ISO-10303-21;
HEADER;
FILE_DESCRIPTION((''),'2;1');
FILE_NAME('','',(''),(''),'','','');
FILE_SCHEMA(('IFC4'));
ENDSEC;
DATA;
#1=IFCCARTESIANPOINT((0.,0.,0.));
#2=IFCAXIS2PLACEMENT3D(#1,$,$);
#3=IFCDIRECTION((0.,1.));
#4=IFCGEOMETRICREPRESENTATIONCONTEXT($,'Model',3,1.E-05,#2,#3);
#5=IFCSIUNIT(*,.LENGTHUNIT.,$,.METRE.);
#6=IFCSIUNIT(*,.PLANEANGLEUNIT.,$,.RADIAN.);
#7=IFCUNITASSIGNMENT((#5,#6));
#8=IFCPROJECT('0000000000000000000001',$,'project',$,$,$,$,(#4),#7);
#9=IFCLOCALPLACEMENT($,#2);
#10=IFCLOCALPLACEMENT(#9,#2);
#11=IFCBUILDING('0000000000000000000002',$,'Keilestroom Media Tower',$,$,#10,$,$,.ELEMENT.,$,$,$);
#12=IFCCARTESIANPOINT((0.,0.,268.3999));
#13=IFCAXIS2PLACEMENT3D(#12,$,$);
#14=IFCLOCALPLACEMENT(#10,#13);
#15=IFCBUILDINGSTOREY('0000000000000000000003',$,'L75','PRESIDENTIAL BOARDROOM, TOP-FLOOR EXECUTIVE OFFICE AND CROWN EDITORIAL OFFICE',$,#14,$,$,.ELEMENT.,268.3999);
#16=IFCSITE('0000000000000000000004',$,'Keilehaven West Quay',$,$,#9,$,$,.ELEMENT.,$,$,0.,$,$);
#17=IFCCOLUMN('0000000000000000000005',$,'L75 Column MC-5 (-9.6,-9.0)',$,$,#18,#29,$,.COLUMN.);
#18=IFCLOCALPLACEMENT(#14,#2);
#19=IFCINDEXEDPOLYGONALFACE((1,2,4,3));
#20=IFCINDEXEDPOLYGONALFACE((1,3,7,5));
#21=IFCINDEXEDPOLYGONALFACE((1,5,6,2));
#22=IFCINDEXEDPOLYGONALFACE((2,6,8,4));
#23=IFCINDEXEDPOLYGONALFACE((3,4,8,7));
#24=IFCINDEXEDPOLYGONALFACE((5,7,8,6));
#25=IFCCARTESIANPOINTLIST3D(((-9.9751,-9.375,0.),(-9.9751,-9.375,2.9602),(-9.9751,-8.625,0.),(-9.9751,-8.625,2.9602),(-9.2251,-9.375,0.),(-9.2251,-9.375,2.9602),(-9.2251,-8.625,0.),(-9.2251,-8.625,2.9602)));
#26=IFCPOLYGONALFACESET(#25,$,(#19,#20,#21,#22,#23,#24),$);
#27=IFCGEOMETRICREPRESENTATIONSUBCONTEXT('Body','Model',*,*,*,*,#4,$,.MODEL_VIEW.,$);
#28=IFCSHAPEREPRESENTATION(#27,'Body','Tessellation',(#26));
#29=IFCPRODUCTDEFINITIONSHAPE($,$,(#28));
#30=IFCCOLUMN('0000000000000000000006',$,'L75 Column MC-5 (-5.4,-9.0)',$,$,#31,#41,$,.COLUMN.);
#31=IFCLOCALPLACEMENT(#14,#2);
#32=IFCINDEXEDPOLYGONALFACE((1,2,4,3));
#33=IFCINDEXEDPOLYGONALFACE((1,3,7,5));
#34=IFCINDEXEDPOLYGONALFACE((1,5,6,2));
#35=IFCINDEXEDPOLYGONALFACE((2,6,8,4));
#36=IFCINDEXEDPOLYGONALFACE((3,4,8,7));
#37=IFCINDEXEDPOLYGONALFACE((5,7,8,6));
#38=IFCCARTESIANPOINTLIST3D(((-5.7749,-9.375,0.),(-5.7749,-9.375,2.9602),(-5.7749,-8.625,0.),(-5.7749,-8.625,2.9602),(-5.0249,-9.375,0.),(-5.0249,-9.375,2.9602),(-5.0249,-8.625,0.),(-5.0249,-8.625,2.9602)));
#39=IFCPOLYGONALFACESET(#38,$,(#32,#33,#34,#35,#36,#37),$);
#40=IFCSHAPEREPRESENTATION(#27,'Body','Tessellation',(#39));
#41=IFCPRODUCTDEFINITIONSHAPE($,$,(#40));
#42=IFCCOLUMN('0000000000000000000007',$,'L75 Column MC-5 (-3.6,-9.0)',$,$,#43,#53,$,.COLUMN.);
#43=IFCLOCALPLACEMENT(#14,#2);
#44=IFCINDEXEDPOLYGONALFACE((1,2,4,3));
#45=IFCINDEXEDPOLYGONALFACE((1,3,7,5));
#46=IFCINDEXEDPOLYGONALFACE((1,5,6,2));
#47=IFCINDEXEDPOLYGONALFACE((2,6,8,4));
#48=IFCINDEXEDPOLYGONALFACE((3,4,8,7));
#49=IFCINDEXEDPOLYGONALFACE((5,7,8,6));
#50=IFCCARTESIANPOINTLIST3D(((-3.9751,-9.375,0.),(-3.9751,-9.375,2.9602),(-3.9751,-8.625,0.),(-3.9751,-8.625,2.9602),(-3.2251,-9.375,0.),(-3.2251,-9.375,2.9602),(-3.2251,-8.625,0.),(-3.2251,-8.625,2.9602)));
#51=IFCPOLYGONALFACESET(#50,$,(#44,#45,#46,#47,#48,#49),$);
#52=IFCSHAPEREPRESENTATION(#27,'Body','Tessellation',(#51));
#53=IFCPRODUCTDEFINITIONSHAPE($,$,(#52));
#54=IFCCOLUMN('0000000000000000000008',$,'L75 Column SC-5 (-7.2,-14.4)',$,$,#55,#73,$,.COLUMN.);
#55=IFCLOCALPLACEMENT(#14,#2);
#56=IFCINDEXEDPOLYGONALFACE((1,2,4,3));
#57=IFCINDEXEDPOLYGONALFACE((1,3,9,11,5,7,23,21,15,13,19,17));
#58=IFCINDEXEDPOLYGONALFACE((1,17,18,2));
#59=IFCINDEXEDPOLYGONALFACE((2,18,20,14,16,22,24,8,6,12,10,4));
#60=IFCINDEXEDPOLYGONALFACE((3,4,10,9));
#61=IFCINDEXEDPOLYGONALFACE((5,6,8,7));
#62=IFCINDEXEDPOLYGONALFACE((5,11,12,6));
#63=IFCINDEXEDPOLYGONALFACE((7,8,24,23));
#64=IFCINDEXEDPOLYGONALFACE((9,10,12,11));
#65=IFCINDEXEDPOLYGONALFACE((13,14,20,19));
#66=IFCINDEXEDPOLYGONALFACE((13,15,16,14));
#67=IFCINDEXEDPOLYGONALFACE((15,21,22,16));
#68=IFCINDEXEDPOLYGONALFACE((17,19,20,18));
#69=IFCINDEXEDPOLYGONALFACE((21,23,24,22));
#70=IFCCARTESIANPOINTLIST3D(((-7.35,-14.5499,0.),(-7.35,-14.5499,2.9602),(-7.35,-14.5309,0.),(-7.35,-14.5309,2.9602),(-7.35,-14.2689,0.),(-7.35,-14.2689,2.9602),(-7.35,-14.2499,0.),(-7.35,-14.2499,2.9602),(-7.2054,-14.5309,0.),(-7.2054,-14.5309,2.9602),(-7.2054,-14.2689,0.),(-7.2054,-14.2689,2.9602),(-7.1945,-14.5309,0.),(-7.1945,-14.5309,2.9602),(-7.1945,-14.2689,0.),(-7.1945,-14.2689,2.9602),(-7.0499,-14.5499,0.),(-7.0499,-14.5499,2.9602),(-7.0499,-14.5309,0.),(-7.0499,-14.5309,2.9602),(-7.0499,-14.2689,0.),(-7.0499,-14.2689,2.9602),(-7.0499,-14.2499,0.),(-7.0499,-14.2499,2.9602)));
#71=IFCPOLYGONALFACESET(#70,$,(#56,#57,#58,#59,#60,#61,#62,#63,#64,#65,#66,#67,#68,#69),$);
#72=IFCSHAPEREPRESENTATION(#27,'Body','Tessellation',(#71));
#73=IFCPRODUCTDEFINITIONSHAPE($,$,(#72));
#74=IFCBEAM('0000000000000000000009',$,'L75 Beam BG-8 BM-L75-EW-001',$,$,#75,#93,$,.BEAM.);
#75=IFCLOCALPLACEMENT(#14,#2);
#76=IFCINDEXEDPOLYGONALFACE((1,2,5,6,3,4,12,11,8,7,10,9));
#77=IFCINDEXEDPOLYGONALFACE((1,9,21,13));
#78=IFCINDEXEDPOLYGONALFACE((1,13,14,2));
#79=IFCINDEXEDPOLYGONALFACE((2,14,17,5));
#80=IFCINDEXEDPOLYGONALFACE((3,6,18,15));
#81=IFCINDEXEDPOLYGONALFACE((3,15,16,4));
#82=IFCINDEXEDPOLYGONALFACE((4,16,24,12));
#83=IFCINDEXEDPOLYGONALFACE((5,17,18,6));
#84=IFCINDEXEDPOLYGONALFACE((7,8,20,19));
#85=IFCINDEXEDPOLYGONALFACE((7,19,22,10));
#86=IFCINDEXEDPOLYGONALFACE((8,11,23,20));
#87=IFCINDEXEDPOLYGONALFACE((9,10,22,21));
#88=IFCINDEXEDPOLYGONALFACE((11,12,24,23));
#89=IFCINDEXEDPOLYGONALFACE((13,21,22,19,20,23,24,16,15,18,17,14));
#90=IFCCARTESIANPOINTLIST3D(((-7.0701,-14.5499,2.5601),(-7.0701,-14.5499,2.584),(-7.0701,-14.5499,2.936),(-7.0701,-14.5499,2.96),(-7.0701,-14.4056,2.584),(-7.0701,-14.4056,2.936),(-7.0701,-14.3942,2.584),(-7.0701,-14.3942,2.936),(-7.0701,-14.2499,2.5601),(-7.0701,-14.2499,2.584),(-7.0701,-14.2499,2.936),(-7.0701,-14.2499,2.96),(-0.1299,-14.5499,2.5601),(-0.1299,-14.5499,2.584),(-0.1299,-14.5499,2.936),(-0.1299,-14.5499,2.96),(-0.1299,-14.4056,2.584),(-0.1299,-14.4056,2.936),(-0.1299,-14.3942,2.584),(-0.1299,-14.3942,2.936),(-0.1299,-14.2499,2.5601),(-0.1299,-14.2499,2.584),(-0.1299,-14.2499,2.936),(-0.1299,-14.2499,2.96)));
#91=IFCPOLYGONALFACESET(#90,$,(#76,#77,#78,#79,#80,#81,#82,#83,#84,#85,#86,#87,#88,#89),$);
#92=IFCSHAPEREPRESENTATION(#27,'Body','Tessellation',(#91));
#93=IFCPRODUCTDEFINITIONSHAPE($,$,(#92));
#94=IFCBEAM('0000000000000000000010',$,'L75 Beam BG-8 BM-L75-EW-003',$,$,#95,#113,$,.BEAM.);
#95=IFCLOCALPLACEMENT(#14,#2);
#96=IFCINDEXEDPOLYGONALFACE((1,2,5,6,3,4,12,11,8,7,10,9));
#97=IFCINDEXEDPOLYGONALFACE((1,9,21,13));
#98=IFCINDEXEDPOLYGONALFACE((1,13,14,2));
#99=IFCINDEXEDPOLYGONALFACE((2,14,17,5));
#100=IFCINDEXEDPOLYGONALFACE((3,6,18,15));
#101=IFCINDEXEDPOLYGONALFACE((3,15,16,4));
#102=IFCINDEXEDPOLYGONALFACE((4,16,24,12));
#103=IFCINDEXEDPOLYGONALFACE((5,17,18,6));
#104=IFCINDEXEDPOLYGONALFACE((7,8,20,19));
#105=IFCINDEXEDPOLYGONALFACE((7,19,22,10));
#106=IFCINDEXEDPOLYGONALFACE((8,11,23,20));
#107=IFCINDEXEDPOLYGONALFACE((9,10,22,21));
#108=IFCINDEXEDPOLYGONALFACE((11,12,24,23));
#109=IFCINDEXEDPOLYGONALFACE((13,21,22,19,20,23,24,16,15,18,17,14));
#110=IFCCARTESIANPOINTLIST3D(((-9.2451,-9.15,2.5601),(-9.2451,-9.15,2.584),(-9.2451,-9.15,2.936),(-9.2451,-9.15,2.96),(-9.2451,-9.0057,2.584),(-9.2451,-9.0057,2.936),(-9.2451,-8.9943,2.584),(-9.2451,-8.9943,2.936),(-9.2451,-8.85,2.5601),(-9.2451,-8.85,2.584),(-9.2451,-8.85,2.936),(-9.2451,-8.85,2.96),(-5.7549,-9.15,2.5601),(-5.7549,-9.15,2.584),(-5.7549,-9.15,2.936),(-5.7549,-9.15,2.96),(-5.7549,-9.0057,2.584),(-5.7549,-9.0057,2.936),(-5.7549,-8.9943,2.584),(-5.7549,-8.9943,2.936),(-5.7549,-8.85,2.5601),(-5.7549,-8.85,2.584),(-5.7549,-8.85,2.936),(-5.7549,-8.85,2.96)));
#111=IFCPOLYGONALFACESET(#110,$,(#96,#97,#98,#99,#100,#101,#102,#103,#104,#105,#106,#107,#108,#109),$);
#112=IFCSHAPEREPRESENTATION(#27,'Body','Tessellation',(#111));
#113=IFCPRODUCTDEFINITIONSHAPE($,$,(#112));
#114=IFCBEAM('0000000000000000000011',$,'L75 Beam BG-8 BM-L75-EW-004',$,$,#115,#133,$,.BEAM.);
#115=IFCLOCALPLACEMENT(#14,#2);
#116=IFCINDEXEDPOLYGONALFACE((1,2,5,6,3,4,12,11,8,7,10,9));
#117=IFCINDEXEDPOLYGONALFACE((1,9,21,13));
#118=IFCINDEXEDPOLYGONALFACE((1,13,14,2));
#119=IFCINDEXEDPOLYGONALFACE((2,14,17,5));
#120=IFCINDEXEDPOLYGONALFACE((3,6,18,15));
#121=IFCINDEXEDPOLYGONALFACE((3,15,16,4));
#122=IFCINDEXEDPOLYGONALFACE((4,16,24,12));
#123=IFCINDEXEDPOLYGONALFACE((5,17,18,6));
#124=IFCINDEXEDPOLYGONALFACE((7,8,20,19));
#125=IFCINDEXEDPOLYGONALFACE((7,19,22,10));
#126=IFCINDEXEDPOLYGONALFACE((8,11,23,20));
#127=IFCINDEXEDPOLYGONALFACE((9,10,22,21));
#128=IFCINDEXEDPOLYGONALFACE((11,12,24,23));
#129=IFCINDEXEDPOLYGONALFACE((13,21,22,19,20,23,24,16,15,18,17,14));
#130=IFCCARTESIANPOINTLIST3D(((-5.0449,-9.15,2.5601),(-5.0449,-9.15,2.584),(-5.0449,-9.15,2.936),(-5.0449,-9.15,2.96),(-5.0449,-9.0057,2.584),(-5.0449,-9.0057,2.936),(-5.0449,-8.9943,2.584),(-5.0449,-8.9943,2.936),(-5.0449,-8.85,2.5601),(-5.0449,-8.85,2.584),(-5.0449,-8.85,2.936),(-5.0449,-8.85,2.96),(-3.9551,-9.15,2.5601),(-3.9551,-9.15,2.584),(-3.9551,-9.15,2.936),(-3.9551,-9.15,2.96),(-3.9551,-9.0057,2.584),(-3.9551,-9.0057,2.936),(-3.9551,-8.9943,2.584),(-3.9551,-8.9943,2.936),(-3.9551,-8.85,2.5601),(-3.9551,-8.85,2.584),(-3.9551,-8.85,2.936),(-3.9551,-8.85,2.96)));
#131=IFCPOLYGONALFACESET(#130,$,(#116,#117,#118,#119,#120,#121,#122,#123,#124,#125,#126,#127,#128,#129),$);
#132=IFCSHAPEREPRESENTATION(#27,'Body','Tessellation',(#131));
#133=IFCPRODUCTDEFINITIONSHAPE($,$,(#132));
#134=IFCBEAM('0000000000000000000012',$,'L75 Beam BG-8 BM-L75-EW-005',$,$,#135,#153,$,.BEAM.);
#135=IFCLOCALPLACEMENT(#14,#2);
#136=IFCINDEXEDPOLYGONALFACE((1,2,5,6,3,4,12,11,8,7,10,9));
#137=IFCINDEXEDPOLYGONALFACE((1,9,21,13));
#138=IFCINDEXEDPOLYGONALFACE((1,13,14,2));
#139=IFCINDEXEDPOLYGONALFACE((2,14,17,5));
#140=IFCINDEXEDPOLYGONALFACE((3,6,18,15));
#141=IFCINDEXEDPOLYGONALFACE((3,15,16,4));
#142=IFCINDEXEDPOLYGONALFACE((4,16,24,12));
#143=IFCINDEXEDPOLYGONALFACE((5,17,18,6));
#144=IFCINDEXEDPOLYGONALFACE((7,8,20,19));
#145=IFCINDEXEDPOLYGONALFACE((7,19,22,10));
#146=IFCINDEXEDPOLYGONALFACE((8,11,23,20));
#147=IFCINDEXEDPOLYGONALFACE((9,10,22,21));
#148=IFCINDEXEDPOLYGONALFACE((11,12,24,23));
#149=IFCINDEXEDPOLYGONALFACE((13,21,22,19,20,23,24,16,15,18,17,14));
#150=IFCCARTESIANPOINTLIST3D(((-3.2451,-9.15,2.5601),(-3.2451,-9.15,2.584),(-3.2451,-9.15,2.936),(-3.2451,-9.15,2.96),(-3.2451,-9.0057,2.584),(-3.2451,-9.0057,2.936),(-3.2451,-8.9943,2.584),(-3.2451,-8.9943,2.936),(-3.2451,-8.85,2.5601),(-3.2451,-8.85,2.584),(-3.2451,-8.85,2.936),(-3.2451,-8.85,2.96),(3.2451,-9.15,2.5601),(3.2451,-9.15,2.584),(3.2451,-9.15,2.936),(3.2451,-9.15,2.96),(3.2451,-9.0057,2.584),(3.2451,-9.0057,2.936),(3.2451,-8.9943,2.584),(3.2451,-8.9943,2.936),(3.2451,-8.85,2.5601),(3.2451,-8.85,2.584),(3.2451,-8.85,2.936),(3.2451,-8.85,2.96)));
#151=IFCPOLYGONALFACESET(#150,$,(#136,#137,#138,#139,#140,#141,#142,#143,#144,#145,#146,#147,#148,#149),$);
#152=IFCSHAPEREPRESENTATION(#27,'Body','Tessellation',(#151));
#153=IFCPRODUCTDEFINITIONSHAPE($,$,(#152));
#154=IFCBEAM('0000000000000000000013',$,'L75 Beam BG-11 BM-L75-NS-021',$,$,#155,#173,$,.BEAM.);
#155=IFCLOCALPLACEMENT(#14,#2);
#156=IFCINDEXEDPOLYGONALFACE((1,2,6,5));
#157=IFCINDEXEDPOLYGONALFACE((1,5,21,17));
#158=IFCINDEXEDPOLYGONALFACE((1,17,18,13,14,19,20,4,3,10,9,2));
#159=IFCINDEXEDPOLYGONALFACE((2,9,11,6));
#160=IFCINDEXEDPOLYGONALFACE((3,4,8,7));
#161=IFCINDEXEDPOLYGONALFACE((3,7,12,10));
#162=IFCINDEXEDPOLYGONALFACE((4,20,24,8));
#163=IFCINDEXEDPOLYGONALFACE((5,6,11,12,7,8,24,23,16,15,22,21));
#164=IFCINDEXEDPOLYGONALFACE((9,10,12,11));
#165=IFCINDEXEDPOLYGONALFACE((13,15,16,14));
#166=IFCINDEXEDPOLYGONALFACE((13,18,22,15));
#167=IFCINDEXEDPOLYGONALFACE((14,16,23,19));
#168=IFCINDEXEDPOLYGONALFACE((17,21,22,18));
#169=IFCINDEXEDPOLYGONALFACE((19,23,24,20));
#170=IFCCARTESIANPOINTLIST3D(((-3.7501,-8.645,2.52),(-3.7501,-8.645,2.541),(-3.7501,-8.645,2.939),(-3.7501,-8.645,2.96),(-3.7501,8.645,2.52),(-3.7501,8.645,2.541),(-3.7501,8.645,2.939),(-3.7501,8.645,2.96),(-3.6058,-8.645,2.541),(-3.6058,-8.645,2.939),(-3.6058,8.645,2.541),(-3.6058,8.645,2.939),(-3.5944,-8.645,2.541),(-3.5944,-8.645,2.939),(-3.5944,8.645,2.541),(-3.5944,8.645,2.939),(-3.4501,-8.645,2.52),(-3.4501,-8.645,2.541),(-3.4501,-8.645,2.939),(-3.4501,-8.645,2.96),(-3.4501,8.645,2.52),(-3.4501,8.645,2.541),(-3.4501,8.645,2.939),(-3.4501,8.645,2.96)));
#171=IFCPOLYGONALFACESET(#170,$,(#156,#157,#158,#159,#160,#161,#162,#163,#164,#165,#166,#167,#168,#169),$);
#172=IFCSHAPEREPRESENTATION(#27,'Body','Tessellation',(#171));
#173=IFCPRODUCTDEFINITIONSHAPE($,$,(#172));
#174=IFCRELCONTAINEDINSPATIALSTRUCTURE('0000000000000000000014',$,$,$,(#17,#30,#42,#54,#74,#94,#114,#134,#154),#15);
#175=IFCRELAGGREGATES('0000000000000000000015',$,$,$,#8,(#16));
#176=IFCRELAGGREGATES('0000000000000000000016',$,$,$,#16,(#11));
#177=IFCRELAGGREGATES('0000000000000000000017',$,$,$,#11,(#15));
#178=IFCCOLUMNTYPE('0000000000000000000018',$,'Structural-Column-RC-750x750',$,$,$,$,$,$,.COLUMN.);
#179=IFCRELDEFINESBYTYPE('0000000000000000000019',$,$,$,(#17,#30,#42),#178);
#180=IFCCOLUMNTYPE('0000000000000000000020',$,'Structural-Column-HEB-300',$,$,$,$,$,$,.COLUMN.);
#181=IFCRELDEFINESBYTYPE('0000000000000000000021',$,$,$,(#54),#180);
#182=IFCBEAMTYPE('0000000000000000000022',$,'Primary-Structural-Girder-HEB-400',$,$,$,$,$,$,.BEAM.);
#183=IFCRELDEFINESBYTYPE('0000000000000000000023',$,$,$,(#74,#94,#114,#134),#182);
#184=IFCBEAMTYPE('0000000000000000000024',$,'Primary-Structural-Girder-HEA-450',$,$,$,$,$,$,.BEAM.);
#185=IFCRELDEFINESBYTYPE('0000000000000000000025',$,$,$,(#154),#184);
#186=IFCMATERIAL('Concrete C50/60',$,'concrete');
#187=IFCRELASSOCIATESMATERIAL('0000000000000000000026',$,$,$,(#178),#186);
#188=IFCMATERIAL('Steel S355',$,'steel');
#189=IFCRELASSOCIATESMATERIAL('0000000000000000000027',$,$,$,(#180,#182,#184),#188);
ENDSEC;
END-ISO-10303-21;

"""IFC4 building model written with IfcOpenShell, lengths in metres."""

from ifc_helpers import new_model, si_unit, direction, frame, origin, origin_2d, place, context, subcontext, project, spatial, rectangle, i_section, extrude, source, transform, mapped, material, material_profile, profile_set, type_object, element, save


model = new_model("IFC4")

# Units and contexts
model_context = context("Model", 3, precision=1e-05, world=origin(), true_north=direction((0.0, 1.0)))
body_context = subcontext(model_context, "Body", "Model", "MODEL_VIEW")
ifc_project = project(units=[si_unit("LENGTHUNIT", "METRE"), si_unit("PLANEANGLEUNIT", "RADIAN")], contexts=[model_context])

# Site, building, storey
site_placement = place(None, origin())
site = spatial("IfcSite", under=ifc_project, at=site_placement, Name="Keilehaven West Quay", CompositionType="ELEMENT", RefElevation=0.0)
building_placement = place(site_placement, origin())
building = spatial("IfcBuilding", under=site, at=building_placement, Name="Keilestroom Media Tower", CompositionType="ELEMENT")
storey_placement = place(building_placement, frame((0.0, 0.0, 268.3999)))
storey = spatial("IfcBuildingStorey", under=building, at=storey_placement, Name="L75", Description="PRESIDENTIAL BOARDROOM, TOP-FLOOR EXECUTIVE OFFICE AND CROWN EDITORIAL OFFICE", CompositionType="ELEMENT", Elevation=268.3999)

# Columns
ifc_material_1 = material(Name="Concrete C50/60", Category="concrete")
ifc_material_profile_1 = material_profile(ifc_material_1, rectangle(XDim=0.75, YDim=0.75, at=origin_2d()), Name="RC 750x750")
ifc_profile_set_1 = profile_set([ifc_material_profile_1], Name="Concrete C50/60")
column_type_1 = type_object("IfcColumnType", Name="Structural-Column-RC-750x750", PredefinedType="COLUMN", material=ifc_profile_set_1)
shared_shape_1 = source(origin(), body_context, "Body", "SweptSolid", [
    extrude(rectangle(XDim=0.75, YDim=0.75, at=origin_2d()), origin(), (0.0, 0.0, 1.0), 2.9602),
])
for number, where, z_axis, x_axis, name in (
    (1, (-9.6001, -9.0, 0.0), (0.0, 0.0, 1.0), (1.0, 0.0, 0.0), "L75 Column MC-5 (-9.6,-9.0)"),
    (2, (-5.3999, -9.0, 0.0), (0.0, 0.0, 1.0), (1.0, 0.0, 0.0), "L75 Column MC-5 (-5.4,-9.0)"),
    (3, (-3.6001, -9.0, 0.0), (0.0, 0.0, 1.0), (1.0, 0.0, 0.0), "L75 Column MC-5 (-3.6,-9.0)"),
):
    element("IfcColumn", number, at=place(storey_placement, frame(where, z_axis=z_axis, x_axis=x_axis)), inside=storey, type_object=column_type_1, Name=name, PredefinedType="COLUMN", context=body_context, shape_type="MappedRepresentation", body=[
        mapped(shared_shape_1, transform((0.0, 0.0, 0.0), x_axis=(1.0, 0.0, 0.0), y_axis=(0.0, 1.0, 0.0), z_axis=(0.0, 0.0, 1.0), scale=1.0)),
    ])
ifc_material_2 = material(Name="Steel S355", Category="steel")
ifc_material_profile_2 = material_profile(ifc_material_2, i_section(OverallWidth=0.3, OverallDepth=0.3, WebThickness=0.011, FlangeThickness=0.019, at=origin_2d()), Name="HEB 300")
ifc_profile_set_2 = profile_set([ifc_material_profile_2], Name="Steel S355")
column_type_2 = type_object("IfcColumnType", Name="Structural-Column-HEB-300", PredefinedType="COLUMN", material=ifc_profile_set_2)
shared_shape_2 = source(origin(), body_context, "Body", "SweptSolid", [
    extrude(i_section(OverallWidth=0.3, OverallDepth=0.3, WebThickness=0.011, FlangeThickness=0.019, at=origin_2d()), origin(), (0.0, 0.0, 1.0), 2.9602),
])
column_placement = place(storey_placement, frame((-7.2, -14.3999, 0.0), z_axis=(0.0, 0.0, 1.0), x_axis=(1.0, 0.0, 0.0)))
element("IfcColumn", 4, at=column_placement, inside=storey, type_object=column_type_2, Name="L75 Column SC-5 (-7.2,-14.4)", PredefinedType="COLUMN", context=body_context, shape_type="MappedRepresentation", body=[
    mapped(shared_shape_2, transform((0.0, 0.0, 0.0), x_axis=(1.0, 0.0, 0.0), y_axis=(0.0, 1.0, 0.0), z_axis=(0.0, 0.0, 1.0), scale=1.0)),
])

# Beams
ifc_material_profile_3 = material_profile(ifc_material_2, i_section(OverallWidth=0.3, OverallDepth=0.3999, WebThickness=0.0115, FlangeThickness=0.0239, at=origin_2d()), Name="HEB 400")
ifc_profile_set_3 = profile_set([ifc_material_profile_3], Name="Steel S355")
beam_type_1 = type_object("IfcBeamType", Name="Primary-Structural-Girder-HEB-400", PredefinedType="BEAM", material=ifc_profile_set_3)
shared_shape_3 = source(origin(), body_context, "Body", "SweptSolid", [
    extrude(i_section(OverallWidth=0.3, OverallDepth=0.3999, WebThickness=0.0115, FlangeThickness=0.0239, at=origin_2d()), origin(), (0.0, 0.0, 1.0), 6.9402),
])
beam_1_placement = place(storey_placement, frame((-7.0701, -14.3999, 2.76), z_axis=(1.0, 0.0, 0.0), x_axis=(0.0, 1.0, 0.0)))
element("IfcBeam", 5, at=beam_1_placement, inside=storey, type_object=beam_type_1, Name="L75 Beam BG-8 BM-L75-EW-001", PredefinedType="BEAM", context=body_context, shape_type="MappedRepresentation", body=[
    mapped(shared_shape_3, transform((0.0, 0.0, 0.0), x_axis=(1.0, 0.0, 0.0), y_axis=(0.0, 1.0, 0.0), z_axis=(0.0, 0.0, 1.0), scale=1.0)),
])
shared_shape_4 = source(origin(), body_context, "Body", "SweptSolid", [
    extrude(i_section(OverallWidth=0.3, OverallDepth=0.3999, WebThickness=0.0115, FlangeThickness=0.0239, at=origin_2d()), origin(), (0.0, 0.0, 1.0), 3.4902),
])
beam_2_placement = place(storey_placement, frame((-9.2451, -9.0, 2.76), z_axis=(1.0, 0.0, 0.0), x_axis=(0.0, 1.0, 0.0)))
element("IfcBeam", 6, at=beam_2_placement, inside=storey, type_object=beam_type_1, Name="L75 Beam BG-8 BM-L75-EW-003", PredefinedType="BEAM", context=body_context, shape_type="MappedRepresentation", body=[
    mapped(shared_shape_4, transform((0.0, 0.0, 0.0), x_axis=(1.0, 0.0, 0.0), y_axis=(0.0, 1.0, 0.0), z_axis=(0.0, 0.0, 1.0), scale=1.0)),
])
shared_shape_5 = source(origin(), body_context, "Body", "SweptSolid", [
    extrude(i_section(OverallWidth=0.3, OverallDepth=0.3999, WebThickness=0.0115, FlangeThickness=0.0239, at=origin_2d()), origin(), (0.0, 0.0, 1.0), 1.0898),
])
beam_3_placement = place(storey_placement, frame((-5.0449, -9.0, 2.76), z_axis=(1.0, 0.0, 0.0), x_axis=(0.0, 1.0, 0.0)))
element("IfcBeam", 7, at=beam_3_placement, inside=storey, type_object=beam_type_1, Name="L75 Beam BG-8 BM-L75-EW-004", PredefinedType="BEAM", context=body_context, shape_type="MappedRepresentation", body=[
    mapped(shared_shape_5, transform((0.0, 0.0, 0.0), x_axis=(1.0, 0.0, 0.0), y_axis=(0.0, 1.0, 0.0), z_axis=(0.0, 0.0, 1.0), scale=1.0)),
])
shared_shape_6 = source(origin(), body_context, "Body", "SweptSolid", [
    extrude(i_section(OverallWidth=0.3, OverallDepth=0.3999, WebThickness=0.0115, FlangeThickness=0.0239, at=origin_2d()), origin(), (0.0, 0.0, 1.0), 6.4902),
])
beam_4_placement = place(storey_placement, frame((-3.2451, -9.0, 2.76), z_axis=(1.0, 0.0, 0.0), x_axis=(0.0, 1.0, 0.0)))
element("IfcBeam", 8, at=beam_4_placement, inside=storey, type_object=beam_type_1, Name="L75 Beam BG-8 BM-L75-EW-005", PredefinedType="BEAM", context=body_context, shape_type="MappedRepresentation", body=[
    mapped(shared_shape_6, transform((0.0, 0.0, 0.0), x_axis=(1.0, 0.0, 0.0), y_axis=(0.0, 1.0, 0.0), z_axis=(0.0, 0.0, 1.0), scale=1.0)),
])
ifc_material_profile_4 = material_profile(ifc_material_2, i_section(OverallWidth=0.3, OverallDepth=0.4399, WebThickness=0.0115, FlangeThickness=0.021, at=origin_2d()), Name="HEA 450")
ifc_profile_set_4 = profile_set([ifc_material_profile_4], Name="Steel S355")
beam_type_2 = type_object("IfcBeamType", Name="Primary-Structural-Girder-HEA-450", PredefinedType="BEAM", material=ifc_profile_set_4)
shared_shape_7 = source(origin(), body_context, "Body", "SweptSolid", [
    extrude(i_section(OverallWidth=0.3, OverallDepth=0.4399, WebThickness=0.0115, FlangeThickness=0.021, at=origin_2d()), origin(), (0.0, 0.0, 1.0), 17.29),
])
beam_5_placement = place(storey_placement, frame((-3.6001, -8.645, 2.74), z_axis=(0.0, 1.0, 0.0), x_axis=(-1.0, 0.0, 0.0)))
element("IfcBeam", 9, at=beam_5_placement, inside=storey, type_object=beam_type_2, Name="L75 Beam BG-11 BM-L75-NS-021", PredefinedType="BEAM", context=body_context, shape_type="MappedRepresentation", body=[
    mapped(shared_shape_7, transform((0.0, 0.0, 0.0), x_axis=(1.0, 0.0, 0.0), y_axis=(0.0, 1.0, 0.0), z_axis=(0.0, 0.0, 1.0), scale=1.0)),
])

save(model, "model.ifc")
